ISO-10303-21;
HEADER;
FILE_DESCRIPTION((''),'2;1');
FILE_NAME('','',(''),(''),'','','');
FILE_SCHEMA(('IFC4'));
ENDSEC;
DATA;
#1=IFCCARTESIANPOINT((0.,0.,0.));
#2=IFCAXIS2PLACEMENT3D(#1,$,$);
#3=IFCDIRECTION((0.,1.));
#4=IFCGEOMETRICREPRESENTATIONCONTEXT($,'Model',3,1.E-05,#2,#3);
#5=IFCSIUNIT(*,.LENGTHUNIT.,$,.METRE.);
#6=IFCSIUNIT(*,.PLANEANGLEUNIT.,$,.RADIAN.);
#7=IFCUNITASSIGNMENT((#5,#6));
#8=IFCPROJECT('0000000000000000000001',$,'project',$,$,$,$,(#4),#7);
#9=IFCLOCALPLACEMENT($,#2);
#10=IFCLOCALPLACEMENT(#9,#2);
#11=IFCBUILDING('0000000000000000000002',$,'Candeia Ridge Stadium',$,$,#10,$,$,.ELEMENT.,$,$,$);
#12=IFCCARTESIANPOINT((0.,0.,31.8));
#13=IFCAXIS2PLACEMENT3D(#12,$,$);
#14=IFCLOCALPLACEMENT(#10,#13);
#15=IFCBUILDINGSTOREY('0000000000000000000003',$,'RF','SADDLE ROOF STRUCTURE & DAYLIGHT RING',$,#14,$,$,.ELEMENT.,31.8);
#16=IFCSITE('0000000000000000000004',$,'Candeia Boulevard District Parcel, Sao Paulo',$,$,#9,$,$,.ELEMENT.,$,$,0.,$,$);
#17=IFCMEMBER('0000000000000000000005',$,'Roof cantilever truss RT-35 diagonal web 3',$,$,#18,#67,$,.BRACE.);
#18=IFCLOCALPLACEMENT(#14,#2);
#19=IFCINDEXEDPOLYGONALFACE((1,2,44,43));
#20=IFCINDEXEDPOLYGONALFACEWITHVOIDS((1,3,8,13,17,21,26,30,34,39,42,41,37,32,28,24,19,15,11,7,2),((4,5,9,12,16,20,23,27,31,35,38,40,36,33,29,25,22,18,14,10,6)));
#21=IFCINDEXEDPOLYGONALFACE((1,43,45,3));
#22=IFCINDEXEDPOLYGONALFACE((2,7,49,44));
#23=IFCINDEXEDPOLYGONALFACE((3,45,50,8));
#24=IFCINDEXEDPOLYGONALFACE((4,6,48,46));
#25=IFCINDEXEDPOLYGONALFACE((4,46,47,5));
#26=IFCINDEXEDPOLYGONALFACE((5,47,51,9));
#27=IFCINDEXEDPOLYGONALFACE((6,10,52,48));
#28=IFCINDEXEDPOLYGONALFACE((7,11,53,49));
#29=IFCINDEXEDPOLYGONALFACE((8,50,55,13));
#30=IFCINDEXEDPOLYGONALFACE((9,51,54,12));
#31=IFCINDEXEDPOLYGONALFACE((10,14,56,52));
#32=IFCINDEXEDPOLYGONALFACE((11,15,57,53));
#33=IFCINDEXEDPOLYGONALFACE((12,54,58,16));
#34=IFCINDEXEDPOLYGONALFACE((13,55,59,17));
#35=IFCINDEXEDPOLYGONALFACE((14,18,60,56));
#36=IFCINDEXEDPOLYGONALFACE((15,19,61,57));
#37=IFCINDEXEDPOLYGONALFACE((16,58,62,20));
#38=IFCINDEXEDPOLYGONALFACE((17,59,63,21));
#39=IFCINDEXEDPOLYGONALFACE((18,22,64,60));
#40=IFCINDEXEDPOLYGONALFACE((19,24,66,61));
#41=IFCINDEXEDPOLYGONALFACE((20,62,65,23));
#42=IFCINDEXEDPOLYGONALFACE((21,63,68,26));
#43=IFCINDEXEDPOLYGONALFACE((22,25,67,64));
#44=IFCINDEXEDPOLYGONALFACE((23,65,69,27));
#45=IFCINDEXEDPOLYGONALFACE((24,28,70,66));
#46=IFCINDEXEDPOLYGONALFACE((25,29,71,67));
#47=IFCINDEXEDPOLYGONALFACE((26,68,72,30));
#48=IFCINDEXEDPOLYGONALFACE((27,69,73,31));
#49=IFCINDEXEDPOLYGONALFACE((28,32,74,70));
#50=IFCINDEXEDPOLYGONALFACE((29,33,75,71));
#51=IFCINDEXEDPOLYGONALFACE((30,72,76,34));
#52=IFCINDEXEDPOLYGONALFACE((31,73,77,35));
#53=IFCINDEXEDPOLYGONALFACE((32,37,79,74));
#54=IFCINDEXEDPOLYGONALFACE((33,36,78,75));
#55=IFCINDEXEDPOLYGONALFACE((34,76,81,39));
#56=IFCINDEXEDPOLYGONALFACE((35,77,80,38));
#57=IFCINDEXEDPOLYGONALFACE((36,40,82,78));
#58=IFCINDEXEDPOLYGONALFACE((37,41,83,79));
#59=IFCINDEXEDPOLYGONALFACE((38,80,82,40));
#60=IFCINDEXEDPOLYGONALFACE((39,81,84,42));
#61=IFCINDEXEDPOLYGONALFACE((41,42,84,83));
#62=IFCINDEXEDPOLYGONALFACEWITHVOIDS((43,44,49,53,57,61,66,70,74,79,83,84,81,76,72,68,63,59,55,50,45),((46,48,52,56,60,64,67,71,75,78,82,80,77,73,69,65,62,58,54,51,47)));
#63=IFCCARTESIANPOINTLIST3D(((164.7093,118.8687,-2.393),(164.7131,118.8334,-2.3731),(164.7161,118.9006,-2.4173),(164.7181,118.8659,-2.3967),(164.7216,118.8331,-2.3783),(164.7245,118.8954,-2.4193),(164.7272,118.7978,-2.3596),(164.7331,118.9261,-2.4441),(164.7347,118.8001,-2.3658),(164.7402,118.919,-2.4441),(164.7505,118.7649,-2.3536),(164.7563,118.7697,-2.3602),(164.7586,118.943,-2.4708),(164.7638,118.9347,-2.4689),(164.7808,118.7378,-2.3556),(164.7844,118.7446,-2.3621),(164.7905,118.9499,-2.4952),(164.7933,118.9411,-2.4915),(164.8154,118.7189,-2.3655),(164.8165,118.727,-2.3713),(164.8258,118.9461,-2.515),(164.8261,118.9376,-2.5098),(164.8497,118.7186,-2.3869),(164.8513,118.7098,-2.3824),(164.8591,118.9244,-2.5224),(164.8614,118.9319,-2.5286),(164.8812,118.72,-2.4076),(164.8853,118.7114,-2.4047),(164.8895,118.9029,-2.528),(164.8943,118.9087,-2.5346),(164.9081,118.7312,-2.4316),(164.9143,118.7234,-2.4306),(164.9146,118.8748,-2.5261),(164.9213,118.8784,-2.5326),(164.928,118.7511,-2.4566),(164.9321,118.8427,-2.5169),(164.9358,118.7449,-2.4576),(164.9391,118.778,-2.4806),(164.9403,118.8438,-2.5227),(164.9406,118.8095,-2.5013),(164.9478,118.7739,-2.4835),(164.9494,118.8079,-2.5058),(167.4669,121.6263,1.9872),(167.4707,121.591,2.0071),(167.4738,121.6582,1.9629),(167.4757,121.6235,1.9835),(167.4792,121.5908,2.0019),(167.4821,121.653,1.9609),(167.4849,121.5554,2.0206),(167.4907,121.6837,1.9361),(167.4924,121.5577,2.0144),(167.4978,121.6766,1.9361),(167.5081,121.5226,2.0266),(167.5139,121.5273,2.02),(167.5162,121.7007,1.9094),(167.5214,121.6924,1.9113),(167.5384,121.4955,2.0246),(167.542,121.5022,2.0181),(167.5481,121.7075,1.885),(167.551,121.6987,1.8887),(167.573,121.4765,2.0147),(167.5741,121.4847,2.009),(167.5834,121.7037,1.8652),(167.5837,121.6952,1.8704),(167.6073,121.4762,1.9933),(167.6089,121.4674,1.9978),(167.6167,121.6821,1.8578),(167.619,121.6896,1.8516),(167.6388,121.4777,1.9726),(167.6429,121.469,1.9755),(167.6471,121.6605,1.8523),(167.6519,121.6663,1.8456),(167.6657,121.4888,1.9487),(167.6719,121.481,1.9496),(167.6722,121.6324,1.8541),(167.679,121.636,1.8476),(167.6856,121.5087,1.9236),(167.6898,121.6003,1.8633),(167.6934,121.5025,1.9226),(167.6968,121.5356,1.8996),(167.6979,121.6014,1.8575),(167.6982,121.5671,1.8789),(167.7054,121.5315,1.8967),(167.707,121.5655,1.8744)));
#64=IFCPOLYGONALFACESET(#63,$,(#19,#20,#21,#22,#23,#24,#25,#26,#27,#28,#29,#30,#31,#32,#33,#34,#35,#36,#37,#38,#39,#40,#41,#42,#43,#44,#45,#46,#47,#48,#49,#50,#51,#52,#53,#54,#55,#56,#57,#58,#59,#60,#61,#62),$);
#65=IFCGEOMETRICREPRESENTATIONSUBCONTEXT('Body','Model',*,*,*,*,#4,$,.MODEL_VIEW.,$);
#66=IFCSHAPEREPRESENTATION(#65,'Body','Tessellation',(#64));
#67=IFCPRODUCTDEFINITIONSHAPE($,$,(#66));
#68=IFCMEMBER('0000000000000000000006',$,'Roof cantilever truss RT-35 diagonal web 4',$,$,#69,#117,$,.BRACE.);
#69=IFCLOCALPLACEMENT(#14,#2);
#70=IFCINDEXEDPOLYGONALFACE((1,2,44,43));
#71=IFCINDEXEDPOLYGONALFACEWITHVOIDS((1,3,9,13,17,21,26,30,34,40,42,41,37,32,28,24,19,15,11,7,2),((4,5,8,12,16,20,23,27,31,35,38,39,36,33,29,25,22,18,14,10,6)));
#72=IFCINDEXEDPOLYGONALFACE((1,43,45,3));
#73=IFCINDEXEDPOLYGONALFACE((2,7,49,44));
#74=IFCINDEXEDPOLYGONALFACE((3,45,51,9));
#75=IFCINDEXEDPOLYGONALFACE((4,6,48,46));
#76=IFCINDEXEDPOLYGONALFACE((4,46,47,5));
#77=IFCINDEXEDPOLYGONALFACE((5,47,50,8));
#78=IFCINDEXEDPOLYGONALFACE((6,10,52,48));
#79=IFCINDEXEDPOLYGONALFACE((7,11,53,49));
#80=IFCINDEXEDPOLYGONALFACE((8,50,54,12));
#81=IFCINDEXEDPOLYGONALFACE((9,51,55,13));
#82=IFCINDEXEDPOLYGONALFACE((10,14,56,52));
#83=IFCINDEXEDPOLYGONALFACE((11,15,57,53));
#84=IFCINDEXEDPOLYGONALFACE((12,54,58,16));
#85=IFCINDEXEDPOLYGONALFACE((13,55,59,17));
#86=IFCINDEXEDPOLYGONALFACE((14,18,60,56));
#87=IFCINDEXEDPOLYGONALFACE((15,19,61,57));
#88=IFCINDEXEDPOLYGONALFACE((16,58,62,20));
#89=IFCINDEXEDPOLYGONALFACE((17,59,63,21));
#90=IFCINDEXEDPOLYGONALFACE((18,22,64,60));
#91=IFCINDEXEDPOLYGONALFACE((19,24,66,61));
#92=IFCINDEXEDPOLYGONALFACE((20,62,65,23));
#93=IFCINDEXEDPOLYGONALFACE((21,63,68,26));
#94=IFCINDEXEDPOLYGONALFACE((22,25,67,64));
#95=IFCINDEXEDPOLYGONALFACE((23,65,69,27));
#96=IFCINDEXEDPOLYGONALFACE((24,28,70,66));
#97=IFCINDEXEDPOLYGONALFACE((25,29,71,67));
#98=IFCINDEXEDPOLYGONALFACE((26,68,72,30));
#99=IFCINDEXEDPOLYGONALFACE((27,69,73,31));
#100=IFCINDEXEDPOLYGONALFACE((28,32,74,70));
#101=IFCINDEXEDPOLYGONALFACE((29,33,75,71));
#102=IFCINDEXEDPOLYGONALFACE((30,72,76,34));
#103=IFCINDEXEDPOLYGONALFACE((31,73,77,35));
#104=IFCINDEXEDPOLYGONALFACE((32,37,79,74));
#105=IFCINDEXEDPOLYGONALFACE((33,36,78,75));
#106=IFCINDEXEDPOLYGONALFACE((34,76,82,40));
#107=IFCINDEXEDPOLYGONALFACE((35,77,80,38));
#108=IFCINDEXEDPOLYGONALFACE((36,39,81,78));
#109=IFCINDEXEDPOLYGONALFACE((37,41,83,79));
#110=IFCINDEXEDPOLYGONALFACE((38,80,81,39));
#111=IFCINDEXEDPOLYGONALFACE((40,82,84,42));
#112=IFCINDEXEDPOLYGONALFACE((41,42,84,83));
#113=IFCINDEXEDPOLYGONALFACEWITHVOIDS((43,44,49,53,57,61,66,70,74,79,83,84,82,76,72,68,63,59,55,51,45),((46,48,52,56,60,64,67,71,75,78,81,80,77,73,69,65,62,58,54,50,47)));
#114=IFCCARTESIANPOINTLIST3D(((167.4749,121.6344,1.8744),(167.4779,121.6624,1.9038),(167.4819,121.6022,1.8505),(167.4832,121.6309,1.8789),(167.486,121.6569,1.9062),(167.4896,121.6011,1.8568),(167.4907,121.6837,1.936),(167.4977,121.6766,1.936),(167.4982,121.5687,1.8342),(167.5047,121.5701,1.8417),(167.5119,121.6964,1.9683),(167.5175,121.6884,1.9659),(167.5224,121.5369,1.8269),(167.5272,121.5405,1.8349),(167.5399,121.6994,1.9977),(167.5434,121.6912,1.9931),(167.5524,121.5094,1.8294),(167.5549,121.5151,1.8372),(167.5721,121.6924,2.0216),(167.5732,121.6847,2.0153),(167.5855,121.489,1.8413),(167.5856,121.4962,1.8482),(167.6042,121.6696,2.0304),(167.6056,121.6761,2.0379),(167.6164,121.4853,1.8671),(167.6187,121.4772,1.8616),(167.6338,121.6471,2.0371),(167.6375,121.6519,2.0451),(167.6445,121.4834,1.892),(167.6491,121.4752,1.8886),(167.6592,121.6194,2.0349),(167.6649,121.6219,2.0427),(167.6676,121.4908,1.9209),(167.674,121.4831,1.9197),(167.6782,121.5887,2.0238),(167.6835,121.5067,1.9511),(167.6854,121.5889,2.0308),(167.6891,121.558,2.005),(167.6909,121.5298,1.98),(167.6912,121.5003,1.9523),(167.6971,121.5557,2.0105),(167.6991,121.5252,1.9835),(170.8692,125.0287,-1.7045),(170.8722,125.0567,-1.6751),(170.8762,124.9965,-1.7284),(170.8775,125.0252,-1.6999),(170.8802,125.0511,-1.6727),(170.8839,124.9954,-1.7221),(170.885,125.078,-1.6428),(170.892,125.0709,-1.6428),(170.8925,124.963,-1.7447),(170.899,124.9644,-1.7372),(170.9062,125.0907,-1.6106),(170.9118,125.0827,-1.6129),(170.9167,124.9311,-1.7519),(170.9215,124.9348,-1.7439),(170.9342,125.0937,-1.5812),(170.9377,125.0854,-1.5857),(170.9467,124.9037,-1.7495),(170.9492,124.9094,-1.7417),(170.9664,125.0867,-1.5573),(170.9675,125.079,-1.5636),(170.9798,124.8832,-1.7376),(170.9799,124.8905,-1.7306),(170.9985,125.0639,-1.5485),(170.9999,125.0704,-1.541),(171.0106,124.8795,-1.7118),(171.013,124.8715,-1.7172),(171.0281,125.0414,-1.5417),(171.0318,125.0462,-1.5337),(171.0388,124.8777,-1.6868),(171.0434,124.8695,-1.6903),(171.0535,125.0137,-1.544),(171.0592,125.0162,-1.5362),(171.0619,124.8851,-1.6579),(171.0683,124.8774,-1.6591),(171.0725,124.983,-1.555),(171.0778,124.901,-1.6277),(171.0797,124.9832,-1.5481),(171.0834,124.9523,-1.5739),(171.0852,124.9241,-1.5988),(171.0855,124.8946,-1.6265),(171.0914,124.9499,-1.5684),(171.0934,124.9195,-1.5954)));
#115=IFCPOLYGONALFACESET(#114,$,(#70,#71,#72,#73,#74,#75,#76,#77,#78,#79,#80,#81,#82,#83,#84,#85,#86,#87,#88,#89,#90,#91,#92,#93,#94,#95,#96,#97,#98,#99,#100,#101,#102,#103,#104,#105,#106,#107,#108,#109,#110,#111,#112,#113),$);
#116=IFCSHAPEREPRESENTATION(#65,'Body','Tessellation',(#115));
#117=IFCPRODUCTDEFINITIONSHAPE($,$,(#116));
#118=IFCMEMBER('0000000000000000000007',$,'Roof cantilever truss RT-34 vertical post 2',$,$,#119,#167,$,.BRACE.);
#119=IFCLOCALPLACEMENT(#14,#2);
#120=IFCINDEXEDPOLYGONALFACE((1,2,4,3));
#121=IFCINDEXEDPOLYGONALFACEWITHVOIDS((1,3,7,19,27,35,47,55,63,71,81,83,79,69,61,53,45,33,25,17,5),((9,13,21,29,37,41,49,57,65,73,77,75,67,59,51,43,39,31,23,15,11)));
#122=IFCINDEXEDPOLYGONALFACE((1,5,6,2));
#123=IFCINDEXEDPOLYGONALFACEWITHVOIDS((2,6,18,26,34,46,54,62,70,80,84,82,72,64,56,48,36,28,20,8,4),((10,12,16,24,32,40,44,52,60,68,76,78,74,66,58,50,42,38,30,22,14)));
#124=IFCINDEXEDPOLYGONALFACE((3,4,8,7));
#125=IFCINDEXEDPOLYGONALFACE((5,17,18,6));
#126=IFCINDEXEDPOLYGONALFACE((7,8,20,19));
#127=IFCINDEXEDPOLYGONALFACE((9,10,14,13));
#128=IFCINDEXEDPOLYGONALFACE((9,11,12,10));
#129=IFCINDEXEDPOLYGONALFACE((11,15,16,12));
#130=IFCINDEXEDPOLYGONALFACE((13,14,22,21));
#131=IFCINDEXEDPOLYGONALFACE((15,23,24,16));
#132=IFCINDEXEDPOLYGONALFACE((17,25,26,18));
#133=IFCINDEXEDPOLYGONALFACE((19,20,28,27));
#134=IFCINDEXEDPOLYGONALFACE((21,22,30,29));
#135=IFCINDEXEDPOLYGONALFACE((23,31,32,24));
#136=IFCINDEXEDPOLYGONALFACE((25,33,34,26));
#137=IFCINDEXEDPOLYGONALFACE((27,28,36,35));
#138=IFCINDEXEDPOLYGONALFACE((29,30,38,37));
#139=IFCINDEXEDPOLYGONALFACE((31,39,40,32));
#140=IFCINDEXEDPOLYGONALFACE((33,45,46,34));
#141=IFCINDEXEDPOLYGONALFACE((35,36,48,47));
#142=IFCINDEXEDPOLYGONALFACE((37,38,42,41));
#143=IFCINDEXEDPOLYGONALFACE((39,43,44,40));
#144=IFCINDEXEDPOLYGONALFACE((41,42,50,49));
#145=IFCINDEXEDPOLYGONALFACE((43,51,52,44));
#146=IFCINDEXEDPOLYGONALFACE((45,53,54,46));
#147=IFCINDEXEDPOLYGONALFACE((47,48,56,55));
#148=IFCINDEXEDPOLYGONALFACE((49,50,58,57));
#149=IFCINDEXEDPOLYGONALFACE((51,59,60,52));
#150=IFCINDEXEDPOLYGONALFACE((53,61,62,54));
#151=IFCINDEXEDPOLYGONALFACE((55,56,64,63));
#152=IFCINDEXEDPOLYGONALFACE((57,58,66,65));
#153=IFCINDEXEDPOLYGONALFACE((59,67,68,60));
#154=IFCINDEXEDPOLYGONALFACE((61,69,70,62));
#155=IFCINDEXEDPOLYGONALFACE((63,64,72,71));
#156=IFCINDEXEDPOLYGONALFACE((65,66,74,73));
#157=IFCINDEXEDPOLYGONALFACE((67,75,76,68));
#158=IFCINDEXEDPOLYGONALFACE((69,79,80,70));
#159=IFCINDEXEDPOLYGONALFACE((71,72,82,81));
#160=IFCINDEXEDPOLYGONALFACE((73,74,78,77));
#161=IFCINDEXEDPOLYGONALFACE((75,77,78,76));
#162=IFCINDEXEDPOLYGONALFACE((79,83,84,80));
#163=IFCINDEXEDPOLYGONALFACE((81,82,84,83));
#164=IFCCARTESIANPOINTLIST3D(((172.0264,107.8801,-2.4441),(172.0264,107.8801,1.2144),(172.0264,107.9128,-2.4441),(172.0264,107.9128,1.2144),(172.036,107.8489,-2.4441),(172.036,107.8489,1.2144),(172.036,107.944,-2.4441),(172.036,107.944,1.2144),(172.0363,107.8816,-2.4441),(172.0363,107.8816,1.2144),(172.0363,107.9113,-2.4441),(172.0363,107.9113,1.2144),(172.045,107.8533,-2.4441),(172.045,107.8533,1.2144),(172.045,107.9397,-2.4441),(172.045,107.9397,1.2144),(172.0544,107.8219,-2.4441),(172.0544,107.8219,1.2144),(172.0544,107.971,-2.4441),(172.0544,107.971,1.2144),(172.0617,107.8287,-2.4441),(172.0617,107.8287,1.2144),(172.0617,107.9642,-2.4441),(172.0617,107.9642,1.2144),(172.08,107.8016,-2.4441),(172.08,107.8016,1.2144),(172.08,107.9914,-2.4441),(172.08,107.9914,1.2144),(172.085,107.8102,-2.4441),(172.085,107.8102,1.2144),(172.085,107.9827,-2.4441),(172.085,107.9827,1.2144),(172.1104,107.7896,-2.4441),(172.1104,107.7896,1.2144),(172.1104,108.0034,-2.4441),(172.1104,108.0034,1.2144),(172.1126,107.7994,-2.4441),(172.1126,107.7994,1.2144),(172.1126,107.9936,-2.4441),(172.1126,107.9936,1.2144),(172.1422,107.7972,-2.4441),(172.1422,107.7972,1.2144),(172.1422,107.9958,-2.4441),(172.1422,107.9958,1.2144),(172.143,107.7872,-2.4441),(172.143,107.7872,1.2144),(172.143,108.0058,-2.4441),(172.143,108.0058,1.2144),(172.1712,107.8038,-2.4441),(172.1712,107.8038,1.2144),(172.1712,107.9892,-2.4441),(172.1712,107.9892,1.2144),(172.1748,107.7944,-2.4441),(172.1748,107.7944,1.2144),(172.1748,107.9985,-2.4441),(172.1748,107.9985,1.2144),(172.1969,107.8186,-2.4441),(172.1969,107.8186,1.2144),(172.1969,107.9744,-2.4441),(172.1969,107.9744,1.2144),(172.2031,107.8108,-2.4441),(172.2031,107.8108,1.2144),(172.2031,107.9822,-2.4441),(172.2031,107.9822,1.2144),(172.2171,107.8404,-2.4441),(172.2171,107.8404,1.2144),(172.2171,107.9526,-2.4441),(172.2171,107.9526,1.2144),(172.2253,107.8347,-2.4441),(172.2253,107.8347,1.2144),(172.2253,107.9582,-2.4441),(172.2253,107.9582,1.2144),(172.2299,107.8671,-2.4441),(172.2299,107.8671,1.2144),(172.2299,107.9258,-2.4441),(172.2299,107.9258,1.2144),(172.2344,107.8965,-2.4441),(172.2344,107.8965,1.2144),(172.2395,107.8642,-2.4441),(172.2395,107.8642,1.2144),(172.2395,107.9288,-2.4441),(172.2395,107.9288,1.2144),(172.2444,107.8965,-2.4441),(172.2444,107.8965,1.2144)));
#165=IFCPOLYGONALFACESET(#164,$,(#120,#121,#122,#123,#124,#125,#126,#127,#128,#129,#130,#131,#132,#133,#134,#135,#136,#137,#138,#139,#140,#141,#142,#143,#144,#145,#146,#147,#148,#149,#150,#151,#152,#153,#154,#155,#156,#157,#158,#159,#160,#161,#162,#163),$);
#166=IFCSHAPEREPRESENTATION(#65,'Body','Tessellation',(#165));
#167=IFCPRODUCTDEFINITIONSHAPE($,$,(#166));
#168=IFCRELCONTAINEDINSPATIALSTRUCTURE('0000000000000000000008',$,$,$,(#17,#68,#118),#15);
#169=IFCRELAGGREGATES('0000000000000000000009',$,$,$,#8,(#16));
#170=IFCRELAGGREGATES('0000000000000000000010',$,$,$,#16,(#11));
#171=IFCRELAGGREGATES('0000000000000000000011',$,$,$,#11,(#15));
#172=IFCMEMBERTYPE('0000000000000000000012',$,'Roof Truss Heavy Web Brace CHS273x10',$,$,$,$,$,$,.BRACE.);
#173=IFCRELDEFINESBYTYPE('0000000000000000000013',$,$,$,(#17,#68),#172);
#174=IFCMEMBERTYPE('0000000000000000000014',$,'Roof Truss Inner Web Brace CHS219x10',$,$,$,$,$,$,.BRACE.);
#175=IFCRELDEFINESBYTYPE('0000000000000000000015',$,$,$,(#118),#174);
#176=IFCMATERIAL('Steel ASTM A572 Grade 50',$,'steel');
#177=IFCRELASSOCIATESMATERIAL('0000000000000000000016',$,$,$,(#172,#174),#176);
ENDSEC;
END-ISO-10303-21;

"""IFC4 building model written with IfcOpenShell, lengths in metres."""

from ifc_helpers import new_model, si_unit, direction, frame, origin, origin_2d, place, context, subcontext, project, spatial, hollow_circle, extrude, material, material_profile, profile_set, type_object, element, save


model = new_model("IFC4")

# Units and contexts
model_context = context("Model", 3, precision=1e-05, world=origin(), true_north=direction((0.0, 1.0)))
body_context = subcontext(model_context, "Body", "Model", "MODEL_VIEW")
ifc_project = project(units=[si_unit("LENGTHUNIT", "METRE"), si_unit("PLANEANGLEUNIT", "RADIAN")], contexts=[model_context])

# Site, building, storey
site_placement = place(None, origin())
site = spatial("IfcSite", under=ifc_project, at=site_placement, Name="Candeia Boulevard District Parcel, Sao Paulo", CompositionType="ELEMENT", RefElevation=0.0)
building_placement = place(site_placement, origin())
building = spatial("IfcBuilding", under=site, at=building_placement, Name="Candeia Ridge Stadium", CompositionType="ELEMENT")
storey_placement = place(building_placement, frame((0.0, 0.0, 31.8)))
storey = spatial("IfcBuildingStorey", under=building, at=storey_placement, Name="RF", Description="SADDLE ROOF STRUCTURE & DAYLIGHT RING", CompositionType="ELEMENT", Elevation=31.8)

# Shared definitions
ifc_material_1 = material(Name="Steel ASTM A572 Grade 50", Category="steel")

# Members
ifc_material_profile_1 = material_profile(ifc_material_1, hollow_circle(Radius=0.1365, WallThickness=0.01, at=origin_2d()), Name="CHS273x10", Category="steel")
ifc_profile_set_1 = profile_set([ifc_material_profile_1], Name="Steel ASTM A572 Grade 50")
member_type_1 = type_object("IfcMemberType", Name="Roof Truss Heavy Web Brace CHS273x10", PredefinedType="BRACE", material=ifc_profile_set_1)
member_1_placement = place(storey_placement, frame((164.8296, 118.8296, -2.4441), z_axis=(0.470203, 0.470203, 0.746872), x_axis=(-0.707107, 0.707107, 0.0)))
element("IfcMember", 1, at=member_1_placement, inside=storey, type_object=member_type_1, Name="Roof cantilever truss RT-35 diagonal web 3", PredefinedType="BRACE", context=body_context, shape_type="SweptSolid", body=[
    extrude(hollow_circle(Radius=0.1365, WallThickness=0.01, at=origin_2d()), origin(), (0.0, 0.0, 1.0), 5.8647),
])
member_2_placement = place(storey_placement, frame((167.5872, 121.5872, 1.936), z_axis=(0.566892, 0.566892, -0.597718), x_axis=(-0.707107, 0.707107, 0.0)))
element("IfcMember", 2, at=member_2_placement, inside=storey, type_object=member_type_1, Name="Roof cantilever truss RT-35 diagonal web 4", PredefinedType="BRACE", context=body_context, shape_type="SweptSolid", body=[
    extrude(hollow_circle(Radius=0.1365, WallThickness=0.01, at=origin_2d()), origin(), (0.0, 0.0, 1.0), 5.9875),
])
ifc_material_profile_2 = material_profile(ifc_material_1, hollow_circle(Radius=0.1096, WallThickness=0.01, at=origin_2d()), Name="CHS219x10", Category="steel")
ifc_profile_set_2 = profile_set([ifc_material_profile_2], Name="Steel ASTM A572 Grade 50")
member_type_2 = type_object("IfcMemberType", Name="Roof Truss Inner Web Brace CHS219x10", PredefinedType="BRACE", material=ifc_profile_set_2)
member_3_placement = place(storey_placement, frame((172.1348, 107.8965, -2.4441), z_axis=(0.0, 0.0, 1.0), x_axis=(1.0, 0.0, 0.0)))
element("IfcMember", 3, at=member_3_placement, inside=storey, type_object=member_type_2, Name="Roof cantilever truss RT-34 vertical post 2", PredefinedType="BRACE", context=body_context, shape_type="SweptSolid", body=[
    extrude(hollow_circle(Radius=0.1096, WallThickness=0.01, at=origin_2d()), origin(), (0.0, 0.0, 1.0), 3.6584),
])

save(model, "model.ifc")
